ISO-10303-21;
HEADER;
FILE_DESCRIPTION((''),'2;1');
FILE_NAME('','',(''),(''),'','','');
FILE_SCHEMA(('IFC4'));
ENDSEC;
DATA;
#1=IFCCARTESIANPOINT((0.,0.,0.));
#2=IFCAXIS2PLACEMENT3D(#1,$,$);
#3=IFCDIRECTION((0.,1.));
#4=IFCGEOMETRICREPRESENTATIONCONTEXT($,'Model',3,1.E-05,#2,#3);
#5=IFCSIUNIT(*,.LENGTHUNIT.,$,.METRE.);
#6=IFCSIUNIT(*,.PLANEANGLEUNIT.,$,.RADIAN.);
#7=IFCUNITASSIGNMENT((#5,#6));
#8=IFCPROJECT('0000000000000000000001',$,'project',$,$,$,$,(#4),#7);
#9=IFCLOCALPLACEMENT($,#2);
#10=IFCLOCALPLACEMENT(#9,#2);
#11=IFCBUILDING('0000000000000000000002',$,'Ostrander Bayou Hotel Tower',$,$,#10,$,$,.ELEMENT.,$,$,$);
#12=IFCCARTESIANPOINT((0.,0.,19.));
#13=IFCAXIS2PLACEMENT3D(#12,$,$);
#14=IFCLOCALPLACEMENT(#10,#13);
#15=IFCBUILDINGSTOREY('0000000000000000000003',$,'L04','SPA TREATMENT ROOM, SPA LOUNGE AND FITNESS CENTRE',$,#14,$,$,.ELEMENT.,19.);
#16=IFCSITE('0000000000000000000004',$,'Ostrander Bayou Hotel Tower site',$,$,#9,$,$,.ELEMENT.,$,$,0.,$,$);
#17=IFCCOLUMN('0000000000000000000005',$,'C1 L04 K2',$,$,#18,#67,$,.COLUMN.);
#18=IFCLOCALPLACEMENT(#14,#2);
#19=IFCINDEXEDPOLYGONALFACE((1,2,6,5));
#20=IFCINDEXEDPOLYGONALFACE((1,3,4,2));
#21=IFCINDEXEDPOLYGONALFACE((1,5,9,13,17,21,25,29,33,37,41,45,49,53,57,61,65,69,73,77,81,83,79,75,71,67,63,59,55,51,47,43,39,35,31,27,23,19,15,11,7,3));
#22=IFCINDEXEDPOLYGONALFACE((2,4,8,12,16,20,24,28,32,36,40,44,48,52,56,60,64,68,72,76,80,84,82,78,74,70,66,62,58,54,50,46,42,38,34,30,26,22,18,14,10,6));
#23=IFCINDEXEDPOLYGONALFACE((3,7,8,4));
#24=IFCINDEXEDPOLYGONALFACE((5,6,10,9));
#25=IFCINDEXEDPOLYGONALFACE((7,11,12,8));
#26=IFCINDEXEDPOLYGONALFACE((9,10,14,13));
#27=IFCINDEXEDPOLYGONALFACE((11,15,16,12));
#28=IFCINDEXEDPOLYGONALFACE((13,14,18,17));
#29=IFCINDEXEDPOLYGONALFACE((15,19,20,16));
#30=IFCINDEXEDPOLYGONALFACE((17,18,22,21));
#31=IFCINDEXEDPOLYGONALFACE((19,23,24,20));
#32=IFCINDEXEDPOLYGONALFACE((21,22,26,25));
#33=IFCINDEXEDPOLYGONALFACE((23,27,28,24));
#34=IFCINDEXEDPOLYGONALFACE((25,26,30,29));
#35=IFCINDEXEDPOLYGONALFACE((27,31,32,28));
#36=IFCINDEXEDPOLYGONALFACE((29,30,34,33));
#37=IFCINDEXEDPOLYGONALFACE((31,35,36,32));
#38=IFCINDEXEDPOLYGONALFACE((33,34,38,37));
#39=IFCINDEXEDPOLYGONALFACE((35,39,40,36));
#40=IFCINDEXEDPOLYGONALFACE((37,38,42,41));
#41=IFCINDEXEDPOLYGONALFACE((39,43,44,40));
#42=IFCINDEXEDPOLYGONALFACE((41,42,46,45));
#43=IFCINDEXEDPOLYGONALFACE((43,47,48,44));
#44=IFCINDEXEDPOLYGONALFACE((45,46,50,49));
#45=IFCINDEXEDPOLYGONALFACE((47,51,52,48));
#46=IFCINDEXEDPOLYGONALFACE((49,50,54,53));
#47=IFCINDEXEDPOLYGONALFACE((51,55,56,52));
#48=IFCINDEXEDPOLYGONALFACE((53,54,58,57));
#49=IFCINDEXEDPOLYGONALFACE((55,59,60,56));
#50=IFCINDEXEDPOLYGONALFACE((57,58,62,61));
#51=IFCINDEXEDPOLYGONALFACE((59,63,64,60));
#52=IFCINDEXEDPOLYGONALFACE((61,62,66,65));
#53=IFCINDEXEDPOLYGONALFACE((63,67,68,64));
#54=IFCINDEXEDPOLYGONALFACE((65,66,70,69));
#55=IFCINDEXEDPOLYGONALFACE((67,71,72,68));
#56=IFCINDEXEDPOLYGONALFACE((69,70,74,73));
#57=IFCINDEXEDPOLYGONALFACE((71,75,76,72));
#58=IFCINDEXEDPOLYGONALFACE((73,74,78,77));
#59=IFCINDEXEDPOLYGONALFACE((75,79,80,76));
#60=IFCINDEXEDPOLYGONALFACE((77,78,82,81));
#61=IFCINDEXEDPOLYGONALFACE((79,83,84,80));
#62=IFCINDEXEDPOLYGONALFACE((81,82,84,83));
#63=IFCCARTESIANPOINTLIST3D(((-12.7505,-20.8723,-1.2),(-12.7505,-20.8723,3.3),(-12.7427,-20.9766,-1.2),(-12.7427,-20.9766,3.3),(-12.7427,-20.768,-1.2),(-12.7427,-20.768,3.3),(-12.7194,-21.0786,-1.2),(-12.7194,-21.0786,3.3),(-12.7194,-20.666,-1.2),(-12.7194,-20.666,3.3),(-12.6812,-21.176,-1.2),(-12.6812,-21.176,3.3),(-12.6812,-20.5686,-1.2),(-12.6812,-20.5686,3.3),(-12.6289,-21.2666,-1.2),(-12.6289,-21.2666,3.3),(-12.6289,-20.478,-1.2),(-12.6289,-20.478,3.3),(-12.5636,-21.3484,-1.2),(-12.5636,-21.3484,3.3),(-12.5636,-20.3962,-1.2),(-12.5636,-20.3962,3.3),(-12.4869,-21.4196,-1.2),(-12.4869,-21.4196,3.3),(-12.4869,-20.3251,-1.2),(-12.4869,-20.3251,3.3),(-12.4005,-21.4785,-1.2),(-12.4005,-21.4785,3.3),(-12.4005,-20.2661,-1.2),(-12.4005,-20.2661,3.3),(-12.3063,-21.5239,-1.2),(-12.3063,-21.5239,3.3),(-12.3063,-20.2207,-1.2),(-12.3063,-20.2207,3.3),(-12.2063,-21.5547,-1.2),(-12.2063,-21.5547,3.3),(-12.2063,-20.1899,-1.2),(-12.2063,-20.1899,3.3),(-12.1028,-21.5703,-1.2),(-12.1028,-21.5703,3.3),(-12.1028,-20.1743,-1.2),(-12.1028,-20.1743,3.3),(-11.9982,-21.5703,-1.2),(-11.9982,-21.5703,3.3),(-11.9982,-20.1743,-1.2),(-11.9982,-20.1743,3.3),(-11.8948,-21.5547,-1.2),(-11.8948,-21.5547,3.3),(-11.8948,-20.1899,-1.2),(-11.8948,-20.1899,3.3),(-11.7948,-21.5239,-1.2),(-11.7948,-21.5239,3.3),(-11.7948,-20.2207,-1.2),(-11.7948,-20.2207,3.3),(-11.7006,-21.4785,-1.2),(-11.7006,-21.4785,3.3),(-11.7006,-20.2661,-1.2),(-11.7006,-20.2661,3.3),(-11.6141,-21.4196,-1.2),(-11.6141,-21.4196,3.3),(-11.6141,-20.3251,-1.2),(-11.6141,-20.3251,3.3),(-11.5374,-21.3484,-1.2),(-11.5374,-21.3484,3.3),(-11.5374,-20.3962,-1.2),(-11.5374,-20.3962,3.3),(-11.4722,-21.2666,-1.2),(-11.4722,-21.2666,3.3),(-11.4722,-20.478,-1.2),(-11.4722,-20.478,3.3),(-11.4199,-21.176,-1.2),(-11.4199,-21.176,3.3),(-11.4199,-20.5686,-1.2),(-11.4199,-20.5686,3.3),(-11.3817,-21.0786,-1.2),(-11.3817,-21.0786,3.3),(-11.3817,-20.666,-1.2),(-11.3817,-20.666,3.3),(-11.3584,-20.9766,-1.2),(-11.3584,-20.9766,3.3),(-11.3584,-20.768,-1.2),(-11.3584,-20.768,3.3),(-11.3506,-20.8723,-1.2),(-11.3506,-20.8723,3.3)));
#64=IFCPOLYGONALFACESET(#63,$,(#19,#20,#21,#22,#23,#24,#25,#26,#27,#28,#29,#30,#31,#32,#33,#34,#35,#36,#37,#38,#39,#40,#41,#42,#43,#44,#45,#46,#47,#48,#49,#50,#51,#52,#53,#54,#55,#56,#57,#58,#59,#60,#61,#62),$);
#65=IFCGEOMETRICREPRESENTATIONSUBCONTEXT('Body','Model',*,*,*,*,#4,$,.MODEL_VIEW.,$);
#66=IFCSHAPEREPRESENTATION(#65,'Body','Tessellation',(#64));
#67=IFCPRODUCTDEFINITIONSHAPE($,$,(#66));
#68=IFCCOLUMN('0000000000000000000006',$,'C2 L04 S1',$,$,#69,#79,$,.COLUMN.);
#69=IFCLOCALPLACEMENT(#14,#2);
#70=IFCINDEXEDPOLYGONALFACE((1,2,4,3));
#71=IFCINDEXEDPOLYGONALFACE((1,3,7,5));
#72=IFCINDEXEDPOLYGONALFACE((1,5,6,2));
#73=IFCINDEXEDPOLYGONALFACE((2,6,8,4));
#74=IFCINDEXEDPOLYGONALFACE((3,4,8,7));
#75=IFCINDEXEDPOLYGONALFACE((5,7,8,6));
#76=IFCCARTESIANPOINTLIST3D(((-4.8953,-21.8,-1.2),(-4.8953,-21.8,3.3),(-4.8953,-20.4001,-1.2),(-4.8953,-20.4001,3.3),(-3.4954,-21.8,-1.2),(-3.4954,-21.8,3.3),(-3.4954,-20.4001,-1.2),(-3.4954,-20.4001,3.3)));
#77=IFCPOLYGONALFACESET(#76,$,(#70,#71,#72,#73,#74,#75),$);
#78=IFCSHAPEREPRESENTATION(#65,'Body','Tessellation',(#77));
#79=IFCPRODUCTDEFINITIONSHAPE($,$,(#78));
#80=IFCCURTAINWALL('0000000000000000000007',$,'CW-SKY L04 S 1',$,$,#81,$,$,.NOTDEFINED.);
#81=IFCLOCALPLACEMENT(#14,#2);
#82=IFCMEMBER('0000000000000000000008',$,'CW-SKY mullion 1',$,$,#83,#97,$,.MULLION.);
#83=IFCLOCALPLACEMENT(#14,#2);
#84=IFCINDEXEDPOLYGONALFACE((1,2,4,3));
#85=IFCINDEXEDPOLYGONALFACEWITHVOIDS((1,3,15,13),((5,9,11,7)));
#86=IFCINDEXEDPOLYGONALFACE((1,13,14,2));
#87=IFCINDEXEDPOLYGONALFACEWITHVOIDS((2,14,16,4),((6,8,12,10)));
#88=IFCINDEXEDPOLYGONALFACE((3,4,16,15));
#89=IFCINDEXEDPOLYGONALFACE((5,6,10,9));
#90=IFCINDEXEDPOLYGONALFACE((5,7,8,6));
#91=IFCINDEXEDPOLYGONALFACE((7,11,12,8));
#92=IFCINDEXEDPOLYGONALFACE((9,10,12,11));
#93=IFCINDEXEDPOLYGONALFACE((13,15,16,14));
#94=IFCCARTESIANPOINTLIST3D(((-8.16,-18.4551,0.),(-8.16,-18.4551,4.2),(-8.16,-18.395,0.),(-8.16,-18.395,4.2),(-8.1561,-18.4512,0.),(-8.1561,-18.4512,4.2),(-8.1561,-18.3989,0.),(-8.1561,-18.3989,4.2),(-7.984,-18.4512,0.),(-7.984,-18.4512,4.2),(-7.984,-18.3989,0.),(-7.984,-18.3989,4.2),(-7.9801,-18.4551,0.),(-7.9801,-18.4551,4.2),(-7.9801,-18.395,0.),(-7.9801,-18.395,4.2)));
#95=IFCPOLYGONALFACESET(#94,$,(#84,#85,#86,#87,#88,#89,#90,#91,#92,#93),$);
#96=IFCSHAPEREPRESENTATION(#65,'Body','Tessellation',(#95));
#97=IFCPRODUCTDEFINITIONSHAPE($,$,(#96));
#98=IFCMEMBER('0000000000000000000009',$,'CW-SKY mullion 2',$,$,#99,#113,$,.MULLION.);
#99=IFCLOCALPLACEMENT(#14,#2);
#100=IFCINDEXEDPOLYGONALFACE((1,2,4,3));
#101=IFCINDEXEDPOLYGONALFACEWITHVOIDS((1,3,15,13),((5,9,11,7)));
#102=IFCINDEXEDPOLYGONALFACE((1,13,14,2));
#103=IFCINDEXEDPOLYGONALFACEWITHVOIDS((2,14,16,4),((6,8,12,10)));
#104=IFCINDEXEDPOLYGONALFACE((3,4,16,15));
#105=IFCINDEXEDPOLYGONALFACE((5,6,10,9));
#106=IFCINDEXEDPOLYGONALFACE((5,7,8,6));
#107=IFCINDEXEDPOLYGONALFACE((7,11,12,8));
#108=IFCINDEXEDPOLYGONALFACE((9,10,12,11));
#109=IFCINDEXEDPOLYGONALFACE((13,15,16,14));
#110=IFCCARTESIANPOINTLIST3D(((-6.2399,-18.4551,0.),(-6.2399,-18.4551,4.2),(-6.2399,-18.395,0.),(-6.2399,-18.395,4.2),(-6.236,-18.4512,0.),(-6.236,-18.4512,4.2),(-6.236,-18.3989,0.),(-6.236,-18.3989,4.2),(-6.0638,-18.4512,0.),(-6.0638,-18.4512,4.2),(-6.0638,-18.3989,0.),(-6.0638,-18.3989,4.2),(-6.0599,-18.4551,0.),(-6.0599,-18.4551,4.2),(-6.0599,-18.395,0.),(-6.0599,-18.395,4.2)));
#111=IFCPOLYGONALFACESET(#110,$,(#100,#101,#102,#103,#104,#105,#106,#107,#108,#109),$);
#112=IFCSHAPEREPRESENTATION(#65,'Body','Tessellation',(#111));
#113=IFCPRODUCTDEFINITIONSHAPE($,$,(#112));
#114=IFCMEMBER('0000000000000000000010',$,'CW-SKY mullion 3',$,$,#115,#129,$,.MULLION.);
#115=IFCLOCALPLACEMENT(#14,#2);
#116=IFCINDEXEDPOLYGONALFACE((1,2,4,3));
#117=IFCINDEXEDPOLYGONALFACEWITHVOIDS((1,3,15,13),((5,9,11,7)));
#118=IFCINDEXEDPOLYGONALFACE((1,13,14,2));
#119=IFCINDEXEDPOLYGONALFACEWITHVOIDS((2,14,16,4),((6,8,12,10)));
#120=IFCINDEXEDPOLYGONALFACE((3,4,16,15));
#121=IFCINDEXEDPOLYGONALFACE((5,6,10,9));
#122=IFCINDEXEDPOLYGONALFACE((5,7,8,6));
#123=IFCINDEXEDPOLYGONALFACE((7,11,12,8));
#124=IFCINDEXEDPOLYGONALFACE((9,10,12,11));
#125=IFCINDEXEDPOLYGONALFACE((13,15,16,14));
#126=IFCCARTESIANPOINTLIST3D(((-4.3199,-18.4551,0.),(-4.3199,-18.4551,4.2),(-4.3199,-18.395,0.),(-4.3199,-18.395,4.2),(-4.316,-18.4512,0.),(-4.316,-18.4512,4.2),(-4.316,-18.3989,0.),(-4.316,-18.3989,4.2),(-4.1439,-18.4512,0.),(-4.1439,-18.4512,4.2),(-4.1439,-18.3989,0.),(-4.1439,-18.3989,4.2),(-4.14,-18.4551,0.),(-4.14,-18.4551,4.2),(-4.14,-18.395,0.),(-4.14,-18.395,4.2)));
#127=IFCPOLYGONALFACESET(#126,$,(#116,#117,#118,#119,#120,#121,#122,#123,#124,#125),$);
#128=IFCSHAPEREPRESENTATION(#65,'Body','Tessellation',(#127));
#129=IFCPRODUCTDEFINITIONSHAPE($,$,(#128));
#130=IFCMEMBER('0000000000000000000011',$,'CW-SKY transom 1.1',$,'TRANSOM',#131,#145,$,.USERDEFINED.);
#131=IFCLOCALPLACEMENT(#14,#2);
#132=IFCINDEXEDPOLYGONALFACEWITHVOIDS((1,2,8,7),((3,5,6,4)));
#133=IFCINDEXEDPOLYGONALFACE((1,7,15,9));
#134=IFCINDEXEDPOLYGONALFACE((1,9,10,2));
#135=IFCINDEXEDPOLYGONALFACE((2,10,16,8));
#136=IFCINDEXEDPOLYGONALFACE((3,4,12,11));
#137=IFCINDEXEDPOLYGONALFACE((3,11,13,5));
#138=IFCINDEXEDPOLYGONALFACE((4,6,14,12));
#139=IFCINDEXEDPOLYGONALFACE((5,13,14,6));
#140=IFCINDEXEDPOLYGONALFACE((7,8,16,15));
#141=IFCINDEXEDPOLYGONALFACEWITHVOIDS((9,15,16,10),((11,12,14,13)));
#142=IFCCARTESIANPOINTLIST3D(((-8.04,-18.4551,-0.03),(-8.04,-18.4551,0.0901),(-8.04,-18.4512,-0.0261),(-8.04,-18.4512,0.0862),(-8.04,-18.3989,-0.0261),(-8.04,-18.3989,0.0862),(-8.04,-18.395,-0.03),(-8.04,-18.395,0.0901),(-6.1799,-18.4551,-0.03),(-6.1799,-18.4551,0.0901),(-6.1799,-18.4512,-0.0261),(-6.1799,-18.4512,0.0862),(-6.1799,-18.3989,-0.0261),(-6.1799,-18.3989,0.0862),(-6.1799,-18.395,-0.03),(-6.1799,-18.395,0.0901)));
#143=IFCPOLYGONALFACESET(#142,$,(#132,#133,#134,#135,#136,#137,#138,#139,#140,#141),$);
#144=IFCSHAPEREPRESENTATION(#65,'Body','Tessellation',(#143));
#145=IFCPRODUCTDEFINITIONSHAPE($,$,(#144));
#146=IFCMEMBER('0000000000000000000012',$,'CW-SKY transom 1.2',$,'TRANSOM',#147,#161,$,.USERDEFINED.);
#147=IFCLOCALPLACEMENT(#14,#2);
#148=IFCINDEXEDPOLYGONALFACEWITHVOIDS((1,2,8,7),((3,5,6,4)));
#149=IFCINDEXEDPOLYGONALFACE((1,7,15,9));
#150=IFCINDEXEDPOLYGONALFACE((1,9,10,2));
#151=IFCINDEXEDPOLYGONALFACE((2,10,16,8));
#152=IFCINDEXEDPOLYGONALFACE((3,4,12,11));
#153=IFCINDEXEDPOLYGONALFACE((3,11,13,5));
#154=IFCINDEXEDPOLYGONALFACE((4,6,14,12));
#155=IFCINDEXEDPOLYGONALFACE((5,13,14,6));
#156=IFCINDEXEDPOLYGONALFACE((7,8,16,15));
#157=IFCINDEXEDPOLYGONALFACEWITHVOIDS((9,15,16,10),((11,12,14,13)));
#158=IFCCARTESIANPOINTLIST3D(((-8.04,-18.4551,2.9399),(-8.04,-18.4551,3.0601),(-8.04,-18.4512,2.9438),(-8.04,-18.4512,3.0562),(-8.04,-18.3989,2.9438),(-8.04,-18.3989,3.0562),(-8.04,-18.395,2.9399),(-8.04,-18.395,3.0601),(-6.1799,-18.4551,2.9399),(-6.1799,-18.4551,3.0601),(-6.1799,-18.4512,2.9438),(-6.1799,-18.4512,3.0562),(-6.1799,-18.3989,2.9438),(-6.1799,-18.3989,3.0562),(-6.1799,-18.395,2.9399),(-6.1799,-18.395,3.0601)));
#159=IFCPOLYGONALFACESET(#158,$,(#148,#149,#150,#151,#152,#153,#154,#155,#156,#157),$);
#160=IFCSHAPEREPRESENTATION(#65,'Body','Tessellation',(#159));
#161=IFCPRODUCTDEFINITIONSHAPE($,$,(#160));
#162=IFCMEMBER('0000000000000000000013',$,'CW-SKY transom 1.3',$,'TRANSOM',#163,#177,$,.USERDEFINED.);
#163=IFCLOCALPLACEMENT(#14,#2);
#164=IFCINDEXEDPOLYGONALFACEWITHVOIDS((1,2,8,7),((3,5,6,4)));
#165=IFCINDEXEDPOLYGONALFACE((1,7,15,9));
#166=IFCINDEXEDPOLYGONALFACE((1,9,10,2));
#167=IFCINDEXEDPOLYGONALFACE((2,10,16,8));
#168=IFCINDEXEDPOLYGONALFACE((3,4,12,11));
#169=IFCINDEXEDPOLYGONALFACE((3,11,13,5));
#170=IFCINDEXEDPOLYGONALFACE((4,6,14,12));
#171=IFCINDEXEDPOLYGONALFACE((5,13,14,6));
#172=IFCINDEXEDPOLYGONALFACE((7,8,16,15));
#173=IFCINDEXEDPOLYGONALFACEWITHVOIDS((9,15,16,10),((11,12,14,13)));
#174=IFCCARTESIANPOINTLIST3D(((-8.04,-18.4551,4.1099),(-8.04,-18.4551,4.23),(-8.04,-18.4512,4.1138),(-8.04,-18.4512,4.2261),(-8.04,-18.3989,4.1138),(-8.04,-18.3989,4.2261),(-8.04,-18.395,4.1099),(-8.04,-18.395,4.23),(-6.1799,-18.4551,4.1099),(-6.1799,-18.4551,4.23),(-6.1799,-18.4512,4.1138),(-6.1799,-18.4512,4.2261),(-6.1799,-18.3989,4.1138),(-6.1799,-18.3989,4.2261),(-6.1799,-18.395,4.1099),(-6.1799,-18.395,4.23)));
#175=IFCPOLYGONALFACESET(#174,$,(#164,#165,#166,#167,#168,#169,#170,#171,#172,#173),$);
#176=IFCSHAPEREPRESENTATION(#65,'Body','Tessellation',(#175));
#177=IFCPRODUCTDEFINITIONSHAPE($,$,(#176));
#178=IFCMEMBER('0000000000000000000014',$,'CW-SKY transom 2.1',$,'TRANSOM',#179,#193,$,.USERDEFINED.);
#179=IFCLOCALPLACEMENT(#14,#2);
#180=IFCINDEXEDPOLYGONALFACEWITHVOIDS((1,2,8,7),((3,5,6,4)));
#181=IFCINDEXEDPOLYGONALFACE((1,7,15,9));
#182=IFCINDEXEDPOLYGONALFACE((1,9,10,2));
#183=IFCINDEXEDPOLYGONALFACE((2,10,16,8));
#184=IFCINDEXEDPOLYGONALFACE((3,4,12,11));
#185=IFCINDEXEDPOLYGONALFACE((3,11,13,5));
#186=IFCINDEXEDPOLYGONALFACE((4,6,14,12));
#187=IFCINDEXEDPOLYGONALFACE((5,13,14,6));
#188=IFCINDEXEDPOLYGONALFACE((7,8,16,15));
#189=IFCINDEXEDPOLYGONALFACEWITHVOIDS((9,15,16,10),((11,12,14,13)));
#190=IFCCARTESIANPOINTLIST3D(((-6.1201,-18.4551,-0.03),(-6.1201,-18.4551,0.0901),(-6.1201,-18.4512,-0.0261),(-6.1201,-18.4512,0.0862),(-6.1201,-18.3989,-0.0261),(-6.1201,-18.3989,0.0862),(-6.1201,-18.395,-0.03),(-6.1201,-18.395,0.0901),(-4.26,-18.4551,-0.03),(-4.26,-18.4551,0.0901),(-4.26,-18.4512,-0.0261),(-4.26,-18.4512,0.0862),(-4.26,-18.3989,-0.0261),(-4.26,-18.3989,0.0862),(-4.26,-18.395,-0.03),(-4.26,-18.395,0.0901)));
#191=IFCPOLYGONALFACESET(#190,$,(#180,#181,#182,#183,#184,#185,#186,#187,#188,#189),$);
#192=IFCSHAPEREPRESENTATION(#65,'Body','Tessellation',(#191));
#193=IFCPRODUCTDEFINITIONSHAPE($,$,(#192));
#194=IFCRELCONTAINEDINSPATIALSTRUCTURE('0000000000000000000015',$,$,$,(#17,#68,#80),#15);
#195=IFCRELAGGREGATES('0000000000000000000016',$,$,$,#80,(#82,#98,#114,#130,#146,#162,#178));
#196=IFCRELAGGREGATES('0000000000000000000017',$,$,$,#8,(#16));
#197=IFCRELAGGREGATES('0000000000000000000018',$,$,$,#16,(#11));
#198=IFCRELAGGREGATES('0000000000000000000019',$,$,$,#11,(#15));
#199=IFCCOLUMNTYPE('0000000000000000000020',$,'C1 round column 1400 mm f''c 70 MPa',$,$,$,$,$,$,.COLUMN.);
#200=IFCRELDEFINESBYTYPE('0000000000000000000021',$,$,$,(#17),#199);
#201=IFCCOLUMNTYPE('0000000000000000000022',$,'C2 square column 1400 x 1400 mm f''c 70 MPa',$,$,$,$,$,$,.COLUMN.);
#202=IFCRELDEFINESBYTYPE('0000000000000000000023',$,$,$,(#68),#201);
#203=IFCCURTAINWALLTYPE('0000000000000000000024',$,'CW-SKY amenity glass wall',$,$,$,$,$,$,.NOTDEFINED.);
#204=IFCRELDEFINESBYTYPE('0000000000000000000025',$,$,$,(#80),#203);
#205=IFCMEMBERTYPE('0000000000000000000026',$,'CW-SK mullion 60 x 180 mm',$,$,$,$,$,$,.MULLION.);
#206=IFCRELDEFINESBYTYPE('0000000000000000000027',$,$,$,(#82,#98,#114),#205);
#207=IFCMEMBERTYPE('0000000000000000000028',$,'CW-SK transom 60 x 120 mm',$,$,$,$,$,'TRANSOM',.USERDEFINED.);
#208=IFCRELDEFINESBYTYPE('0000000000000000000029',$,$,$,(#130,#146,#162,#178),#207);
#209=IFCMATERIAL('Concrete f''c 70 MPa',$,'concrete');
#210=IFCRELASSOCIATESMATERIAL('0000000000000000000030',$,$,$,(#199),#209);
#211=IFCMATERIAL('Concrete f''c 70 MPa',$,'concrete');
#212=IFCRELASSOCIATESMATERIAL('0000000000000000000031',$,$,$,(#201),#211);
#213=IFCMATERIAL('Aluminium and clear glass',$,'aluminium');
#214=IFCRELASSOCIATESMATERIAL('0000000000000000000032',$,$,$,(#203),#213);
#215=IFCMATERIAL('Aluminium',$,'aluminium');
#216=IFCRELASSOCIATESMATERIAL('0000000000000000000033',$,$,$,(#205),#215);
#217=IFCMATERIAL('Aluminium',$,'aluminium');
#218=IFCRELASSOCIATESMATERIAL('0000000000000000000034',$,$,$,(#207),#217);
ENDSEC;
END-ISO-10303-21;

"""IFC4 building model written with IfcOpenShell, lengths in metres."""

from ifc_helpers import new_model, si_unit, direction, frame, origin, origin_2d, place, context, subcontext, project, spatial, rectangle, hollow_rectangle, circle, extrude, material, material_profile, profile_set, type_object, element, aggregate, save


model = new_model("IFC4")

# Units and contexts
model_context = context("Model", 3, precision=1e-05, world=origin(), true_north=direction((0.0, 1.0)))
body_context = subcontext(model_context, "Body", "Model", "MODEL_VIEW")
ifc_project = project(units=[si_unit("LENGTHUNIT", "METRE"), si_unit("PLANEANGLEUNIT", "RADIAN")], contexts=[model_context])

# Site, building, storey
site_placement = place(None, origin())
site = spatial("IfcSite", under=ifc_project, at=site_placement, Name="Ostrander Bayou Hotel Tower site", CompositionType="ELEMENT", RefElevation=0.0)
building_placement = place(site_placement, origin())
building = spatial("IfcBuilding", under=site, at=building_placement, Name="Ostrander Bayou Hotel Tower", CompositionType="ELEMENT")
storey_placement = place(building_placement, frame((0.0, 0.0, 19.0)))
storey = spatial("IfcBuildingStorey", under=building, at=storey_placement, Name="L04", Description="SPA TREATMENT ROOM, SPA LOUNGE AND FITNESS CENTRE", CompositionType="ELEMENT", Elevation=19.0)

# Columns
ifc_material_1 = material(Name="Concrete f'c 70 MPa", Category="concrete")
ifc_material_profile_1 = material_profile(ifc_material_1, circle(Radius=0.7, at=origin_2d()))
ifc_profile_set_1 = profile_set([ifc_material_profile_1], Name="Concrete f'c 70 MPa")
column_type_1 = type_object("IfcColumnType", Name="C1 round column 1400 mm f'c 70 MPa", PredefinedType="COLUMN", material=ifc_profile_set_1)
column_1_placement = place(storey_placement, frame((-12.0505, -20.8723, -1.2), z_axis=(0.0, 0.0, 1.0), x_axis=(1.0, 0.0, 0.0)))
element("IfcColumn", 1, at=column_1_placement, inside=storey, type_object=column_type_1, Name="C1 L04 K2", PredefinedType="COLUMN", context=body_context, shape_type="SweptSolid", body=[
    extrude(circle(Radius=0.7, at=origin_2d()), origin(), (0.0, 0.0, 1.0), 4.5),
])
ifc_material_2 = material(Name="Concrete f'c 70 MPa", Category="concrete")
ifc_material_profile_2 = material_profile(ifc_material_2, rectangle(XDim=1.3999, YDim=1.3999, at=origin_2d()))
ifc_profile_set_2 = profile_set([ifc_material_profile_2], Name="Concrete f'c 70 MPa")
column_type_2 = type_object("IfcColumnType", Name="C2 square column 1400 x 1400 mm f'c 70 MPa", PredefinedType="COLUMN", material=ifc_profile_set_2)
column_2_placement = place(storey_placement, frame((-4.1953, -21.1001, -1.2), z_axis=(0.0, 0.0, 1.0), x_axis=(-1.0, 0.0, 0.0)))
element("IfcColumn", 2, at=column_2_placement, inside=storey, type_object=column_type_2, Name="C2 L04 S1", PredefinedType="COLUMN", context=body_context, shape_type="SweptSolid", body=[
    extrude(rectangle(XDim=1.3999, YDim=1.3999, at=origin_2d()), origin(), (0.0, 0.0, 1.0), 4.5),
])

# Curtain wall, members
ifc_material_3 = material(Name="Aluminium and clear glass", Category="aluminium")
curtain_wall_type = type_object("IfcCurtainWallType", Name="CW-SKY amenity glass wall", PredefinedType="NOTDEFINED", material=ifc_material_3)
curtain_wall_placement = place(storey_placement, origin())
curtain_wall = element("IfcCurtainWall", 3, at=curtain_wall_placement, inside=storey, type_object=curtain_wall_type, Name="CW-SKY L04 S 1", PredefinedType="NOTDEFINED")
ifc_material_4 = material(Name="Aluminium", Category="aluminium")
ifc_material_profile_3 = material_profile(ifc_material_4, hollow_rectangle(XDim=0.0601, YDim=0.1799, WallThickness=0.0039, at=origin_2d()))
ifc_profile_set_3 = profile_set([ifc_material_profile_3], Name="Aluminium")
member_type_1 = type_object("IfcMemberType", Name="CW-SK mullion 60 x 180 mm", PredefinedType="MULLION", material=ifc_profile_set_3)
member_1_placement = place(storey_placement, frame((-8.0701, -18.425, 0.0), z_axis=(0.0, 0.0, 1.0), x_axis=(0.0, 1.0, 0.0)))
member_1 = element("IfcMember", 4, at=member_1_placement, type_object=member_type_1, Name="CW-SKY mullion 1", PredefinedType="MULLION", context=body_context, shape_type="SweptSolid", body=[
    extrude(hollow_rectangle(XDim=0.0601, YDim=0.1799, WallThickness=0.0039, at=origin_2d()), origin(), (0.0, 0.0, 1.0), 4.2),
])
member_2_placement = place(storey_placement, frame((-6.1499, -18.425, 0.0), z_axis=(0.0, 0.0, 1.0), x_axis=(0.0, 1.0, 0.0)))
member_2 = element("IfcMember", 5, at=member_2_placement, type_object=member_type_1, Name="CW-SKY mullion 2", PredefinedType="MULLION", context=body_context, shape_type="SweptSolid", body=[
    extrude(hollow_rectangle(XDim=0.0601, YDim=0.1799, WallThickness=0.0039, at=origin_2d()), origin(), (0.0, 0.0, 1.0), 4.2),
])
member_3_placement = place(storey_placement, frame((-4.23, -18.425, 0.0), z_axis=(0.0, 0.0, 1.0), x_axis=(0.0, 1.0, 0.0)))
member_3 = element("IfcMember", 6, at=member_3_placement, type_object=member_type_1, Name="CW-SKY mullion 3", PredefinedType="MULLION", context=body_context, shape_type="SweptSolid", body=[
    extrude(hollow_rectangle(XDim=0.0601, YDim=0.1799, WallThickness=0.0039, at=origin_2d()), origin(), (0.0, 0.0, 1.0), 4.2),
])
ifc_material_5 = material(Name="Aluminium", Category="aluminium")
ifc_material_profile_4 = material_profile(ifc_material_5, hollow_rectangle(XDim=0.0601, YDim=0.1201, WallThickness=0.0039, at=origin_2d()))
ifc_profile_set_4 = profile_set([ifc_material_profile_4], Name="Aluminium")
member_type_2 = type_object("IfcMemberType", Name="CW-SK transom 60 x 120 mm", ElementType="TRANSOM", PredefinedType="USERDEFINED", material=ifc_profile_set_4)
member_4_placement = place(storey_placement, frame((-8.04, -18.425, 0.03), z_axis=(1.0, 0.0, 0.0), x_axis=(0.0, 1.0, 0.0)))
member_4 = element("IfcMember", 7, at=member_4_placement, type_object=member_type_2, Name="CW-SKY transom 1.1", ObjectType="TRANSOM", PredefinedType="USERDEFINED", context=body_context, shape_type="SweptSolid", body=[
    extrude(hollow_rectangle(XDim=0.0601, YDim=0.1201, WallThickness=0.0039, at=origin_2d()), origin(), (0.0, 0.0, 1.0), 1.8601),
])
member_5_placement = place(storey_placement, frame((-8.04, -18.425, 3.0), z_axis=(1.0, 0.0, 0.0), x_axis=(0.0, 1.0, 0.0)))
member_5 = element("IfcMember", 8, at=member_5_placement, type_object=member_type_2, Name="CW-SKY transom 1.2", ObjectType="TRANSOM", PredefinedType="USERDEFINED", context=body_context, shape_type="SweptSolid", body=[
    extrude(hollow_rectangle(XDim=0.0601, YDim=0.1201, WallThickness=0.0039, at=origin_2d()), origin(), (0.0, 0.0, 1.0), 1.8601),
])
member_6_placement = place(storey_placement, frame((-8.04, -18.425, 4.1699), z_axis=(1.0, 0.0, 0.0), x_axis=(0.0, 1.0, 0.0)))
member_6 = element("IfcMember", 9, at=member_6_placement, type_object=member_type_2, Name="CW-SKY transom 1.3", ObjectType="TRANSOM", PredefinedType="USERDEFINED", context=body_context, shape_type="SweptSolid", body=[
    extrude(hollow_rectangle(XDim=0.0601, YDim=0.1201, WallThickness=0.0039, at=origin_2d()), origin(), (0.0, 0.0, 1.0), 1.8601),
])
member_7_placement = place(storey_placement, frame((-6.1201, -18.425, 0.03), z_axis=(1.0, 0.0, 0.0), x_axis=(0.0, 1.0, 0.0)))
member_7 = element("IfcMember", 10, at=member_7_placement, type_object=member_type_2, Name="CW-SKY transom 2.1", ObjectType="TRANSOM", PredefinedType="USERDEFINED", context=body_context, shape_type="SweptSolid", body=[
    extrude(hollow_rectangle(XDim=0.0601, YDim=0.1201, WallThickness=0.0039, at=origin_2d()), origin(), (0.0, 0.0, 1.0), 1.8601),
])

aggregate(curtain_wall, [member_1, member_2, member_3, member_4, member_5, member_6, member_7])

save(model, "model.ifc")
